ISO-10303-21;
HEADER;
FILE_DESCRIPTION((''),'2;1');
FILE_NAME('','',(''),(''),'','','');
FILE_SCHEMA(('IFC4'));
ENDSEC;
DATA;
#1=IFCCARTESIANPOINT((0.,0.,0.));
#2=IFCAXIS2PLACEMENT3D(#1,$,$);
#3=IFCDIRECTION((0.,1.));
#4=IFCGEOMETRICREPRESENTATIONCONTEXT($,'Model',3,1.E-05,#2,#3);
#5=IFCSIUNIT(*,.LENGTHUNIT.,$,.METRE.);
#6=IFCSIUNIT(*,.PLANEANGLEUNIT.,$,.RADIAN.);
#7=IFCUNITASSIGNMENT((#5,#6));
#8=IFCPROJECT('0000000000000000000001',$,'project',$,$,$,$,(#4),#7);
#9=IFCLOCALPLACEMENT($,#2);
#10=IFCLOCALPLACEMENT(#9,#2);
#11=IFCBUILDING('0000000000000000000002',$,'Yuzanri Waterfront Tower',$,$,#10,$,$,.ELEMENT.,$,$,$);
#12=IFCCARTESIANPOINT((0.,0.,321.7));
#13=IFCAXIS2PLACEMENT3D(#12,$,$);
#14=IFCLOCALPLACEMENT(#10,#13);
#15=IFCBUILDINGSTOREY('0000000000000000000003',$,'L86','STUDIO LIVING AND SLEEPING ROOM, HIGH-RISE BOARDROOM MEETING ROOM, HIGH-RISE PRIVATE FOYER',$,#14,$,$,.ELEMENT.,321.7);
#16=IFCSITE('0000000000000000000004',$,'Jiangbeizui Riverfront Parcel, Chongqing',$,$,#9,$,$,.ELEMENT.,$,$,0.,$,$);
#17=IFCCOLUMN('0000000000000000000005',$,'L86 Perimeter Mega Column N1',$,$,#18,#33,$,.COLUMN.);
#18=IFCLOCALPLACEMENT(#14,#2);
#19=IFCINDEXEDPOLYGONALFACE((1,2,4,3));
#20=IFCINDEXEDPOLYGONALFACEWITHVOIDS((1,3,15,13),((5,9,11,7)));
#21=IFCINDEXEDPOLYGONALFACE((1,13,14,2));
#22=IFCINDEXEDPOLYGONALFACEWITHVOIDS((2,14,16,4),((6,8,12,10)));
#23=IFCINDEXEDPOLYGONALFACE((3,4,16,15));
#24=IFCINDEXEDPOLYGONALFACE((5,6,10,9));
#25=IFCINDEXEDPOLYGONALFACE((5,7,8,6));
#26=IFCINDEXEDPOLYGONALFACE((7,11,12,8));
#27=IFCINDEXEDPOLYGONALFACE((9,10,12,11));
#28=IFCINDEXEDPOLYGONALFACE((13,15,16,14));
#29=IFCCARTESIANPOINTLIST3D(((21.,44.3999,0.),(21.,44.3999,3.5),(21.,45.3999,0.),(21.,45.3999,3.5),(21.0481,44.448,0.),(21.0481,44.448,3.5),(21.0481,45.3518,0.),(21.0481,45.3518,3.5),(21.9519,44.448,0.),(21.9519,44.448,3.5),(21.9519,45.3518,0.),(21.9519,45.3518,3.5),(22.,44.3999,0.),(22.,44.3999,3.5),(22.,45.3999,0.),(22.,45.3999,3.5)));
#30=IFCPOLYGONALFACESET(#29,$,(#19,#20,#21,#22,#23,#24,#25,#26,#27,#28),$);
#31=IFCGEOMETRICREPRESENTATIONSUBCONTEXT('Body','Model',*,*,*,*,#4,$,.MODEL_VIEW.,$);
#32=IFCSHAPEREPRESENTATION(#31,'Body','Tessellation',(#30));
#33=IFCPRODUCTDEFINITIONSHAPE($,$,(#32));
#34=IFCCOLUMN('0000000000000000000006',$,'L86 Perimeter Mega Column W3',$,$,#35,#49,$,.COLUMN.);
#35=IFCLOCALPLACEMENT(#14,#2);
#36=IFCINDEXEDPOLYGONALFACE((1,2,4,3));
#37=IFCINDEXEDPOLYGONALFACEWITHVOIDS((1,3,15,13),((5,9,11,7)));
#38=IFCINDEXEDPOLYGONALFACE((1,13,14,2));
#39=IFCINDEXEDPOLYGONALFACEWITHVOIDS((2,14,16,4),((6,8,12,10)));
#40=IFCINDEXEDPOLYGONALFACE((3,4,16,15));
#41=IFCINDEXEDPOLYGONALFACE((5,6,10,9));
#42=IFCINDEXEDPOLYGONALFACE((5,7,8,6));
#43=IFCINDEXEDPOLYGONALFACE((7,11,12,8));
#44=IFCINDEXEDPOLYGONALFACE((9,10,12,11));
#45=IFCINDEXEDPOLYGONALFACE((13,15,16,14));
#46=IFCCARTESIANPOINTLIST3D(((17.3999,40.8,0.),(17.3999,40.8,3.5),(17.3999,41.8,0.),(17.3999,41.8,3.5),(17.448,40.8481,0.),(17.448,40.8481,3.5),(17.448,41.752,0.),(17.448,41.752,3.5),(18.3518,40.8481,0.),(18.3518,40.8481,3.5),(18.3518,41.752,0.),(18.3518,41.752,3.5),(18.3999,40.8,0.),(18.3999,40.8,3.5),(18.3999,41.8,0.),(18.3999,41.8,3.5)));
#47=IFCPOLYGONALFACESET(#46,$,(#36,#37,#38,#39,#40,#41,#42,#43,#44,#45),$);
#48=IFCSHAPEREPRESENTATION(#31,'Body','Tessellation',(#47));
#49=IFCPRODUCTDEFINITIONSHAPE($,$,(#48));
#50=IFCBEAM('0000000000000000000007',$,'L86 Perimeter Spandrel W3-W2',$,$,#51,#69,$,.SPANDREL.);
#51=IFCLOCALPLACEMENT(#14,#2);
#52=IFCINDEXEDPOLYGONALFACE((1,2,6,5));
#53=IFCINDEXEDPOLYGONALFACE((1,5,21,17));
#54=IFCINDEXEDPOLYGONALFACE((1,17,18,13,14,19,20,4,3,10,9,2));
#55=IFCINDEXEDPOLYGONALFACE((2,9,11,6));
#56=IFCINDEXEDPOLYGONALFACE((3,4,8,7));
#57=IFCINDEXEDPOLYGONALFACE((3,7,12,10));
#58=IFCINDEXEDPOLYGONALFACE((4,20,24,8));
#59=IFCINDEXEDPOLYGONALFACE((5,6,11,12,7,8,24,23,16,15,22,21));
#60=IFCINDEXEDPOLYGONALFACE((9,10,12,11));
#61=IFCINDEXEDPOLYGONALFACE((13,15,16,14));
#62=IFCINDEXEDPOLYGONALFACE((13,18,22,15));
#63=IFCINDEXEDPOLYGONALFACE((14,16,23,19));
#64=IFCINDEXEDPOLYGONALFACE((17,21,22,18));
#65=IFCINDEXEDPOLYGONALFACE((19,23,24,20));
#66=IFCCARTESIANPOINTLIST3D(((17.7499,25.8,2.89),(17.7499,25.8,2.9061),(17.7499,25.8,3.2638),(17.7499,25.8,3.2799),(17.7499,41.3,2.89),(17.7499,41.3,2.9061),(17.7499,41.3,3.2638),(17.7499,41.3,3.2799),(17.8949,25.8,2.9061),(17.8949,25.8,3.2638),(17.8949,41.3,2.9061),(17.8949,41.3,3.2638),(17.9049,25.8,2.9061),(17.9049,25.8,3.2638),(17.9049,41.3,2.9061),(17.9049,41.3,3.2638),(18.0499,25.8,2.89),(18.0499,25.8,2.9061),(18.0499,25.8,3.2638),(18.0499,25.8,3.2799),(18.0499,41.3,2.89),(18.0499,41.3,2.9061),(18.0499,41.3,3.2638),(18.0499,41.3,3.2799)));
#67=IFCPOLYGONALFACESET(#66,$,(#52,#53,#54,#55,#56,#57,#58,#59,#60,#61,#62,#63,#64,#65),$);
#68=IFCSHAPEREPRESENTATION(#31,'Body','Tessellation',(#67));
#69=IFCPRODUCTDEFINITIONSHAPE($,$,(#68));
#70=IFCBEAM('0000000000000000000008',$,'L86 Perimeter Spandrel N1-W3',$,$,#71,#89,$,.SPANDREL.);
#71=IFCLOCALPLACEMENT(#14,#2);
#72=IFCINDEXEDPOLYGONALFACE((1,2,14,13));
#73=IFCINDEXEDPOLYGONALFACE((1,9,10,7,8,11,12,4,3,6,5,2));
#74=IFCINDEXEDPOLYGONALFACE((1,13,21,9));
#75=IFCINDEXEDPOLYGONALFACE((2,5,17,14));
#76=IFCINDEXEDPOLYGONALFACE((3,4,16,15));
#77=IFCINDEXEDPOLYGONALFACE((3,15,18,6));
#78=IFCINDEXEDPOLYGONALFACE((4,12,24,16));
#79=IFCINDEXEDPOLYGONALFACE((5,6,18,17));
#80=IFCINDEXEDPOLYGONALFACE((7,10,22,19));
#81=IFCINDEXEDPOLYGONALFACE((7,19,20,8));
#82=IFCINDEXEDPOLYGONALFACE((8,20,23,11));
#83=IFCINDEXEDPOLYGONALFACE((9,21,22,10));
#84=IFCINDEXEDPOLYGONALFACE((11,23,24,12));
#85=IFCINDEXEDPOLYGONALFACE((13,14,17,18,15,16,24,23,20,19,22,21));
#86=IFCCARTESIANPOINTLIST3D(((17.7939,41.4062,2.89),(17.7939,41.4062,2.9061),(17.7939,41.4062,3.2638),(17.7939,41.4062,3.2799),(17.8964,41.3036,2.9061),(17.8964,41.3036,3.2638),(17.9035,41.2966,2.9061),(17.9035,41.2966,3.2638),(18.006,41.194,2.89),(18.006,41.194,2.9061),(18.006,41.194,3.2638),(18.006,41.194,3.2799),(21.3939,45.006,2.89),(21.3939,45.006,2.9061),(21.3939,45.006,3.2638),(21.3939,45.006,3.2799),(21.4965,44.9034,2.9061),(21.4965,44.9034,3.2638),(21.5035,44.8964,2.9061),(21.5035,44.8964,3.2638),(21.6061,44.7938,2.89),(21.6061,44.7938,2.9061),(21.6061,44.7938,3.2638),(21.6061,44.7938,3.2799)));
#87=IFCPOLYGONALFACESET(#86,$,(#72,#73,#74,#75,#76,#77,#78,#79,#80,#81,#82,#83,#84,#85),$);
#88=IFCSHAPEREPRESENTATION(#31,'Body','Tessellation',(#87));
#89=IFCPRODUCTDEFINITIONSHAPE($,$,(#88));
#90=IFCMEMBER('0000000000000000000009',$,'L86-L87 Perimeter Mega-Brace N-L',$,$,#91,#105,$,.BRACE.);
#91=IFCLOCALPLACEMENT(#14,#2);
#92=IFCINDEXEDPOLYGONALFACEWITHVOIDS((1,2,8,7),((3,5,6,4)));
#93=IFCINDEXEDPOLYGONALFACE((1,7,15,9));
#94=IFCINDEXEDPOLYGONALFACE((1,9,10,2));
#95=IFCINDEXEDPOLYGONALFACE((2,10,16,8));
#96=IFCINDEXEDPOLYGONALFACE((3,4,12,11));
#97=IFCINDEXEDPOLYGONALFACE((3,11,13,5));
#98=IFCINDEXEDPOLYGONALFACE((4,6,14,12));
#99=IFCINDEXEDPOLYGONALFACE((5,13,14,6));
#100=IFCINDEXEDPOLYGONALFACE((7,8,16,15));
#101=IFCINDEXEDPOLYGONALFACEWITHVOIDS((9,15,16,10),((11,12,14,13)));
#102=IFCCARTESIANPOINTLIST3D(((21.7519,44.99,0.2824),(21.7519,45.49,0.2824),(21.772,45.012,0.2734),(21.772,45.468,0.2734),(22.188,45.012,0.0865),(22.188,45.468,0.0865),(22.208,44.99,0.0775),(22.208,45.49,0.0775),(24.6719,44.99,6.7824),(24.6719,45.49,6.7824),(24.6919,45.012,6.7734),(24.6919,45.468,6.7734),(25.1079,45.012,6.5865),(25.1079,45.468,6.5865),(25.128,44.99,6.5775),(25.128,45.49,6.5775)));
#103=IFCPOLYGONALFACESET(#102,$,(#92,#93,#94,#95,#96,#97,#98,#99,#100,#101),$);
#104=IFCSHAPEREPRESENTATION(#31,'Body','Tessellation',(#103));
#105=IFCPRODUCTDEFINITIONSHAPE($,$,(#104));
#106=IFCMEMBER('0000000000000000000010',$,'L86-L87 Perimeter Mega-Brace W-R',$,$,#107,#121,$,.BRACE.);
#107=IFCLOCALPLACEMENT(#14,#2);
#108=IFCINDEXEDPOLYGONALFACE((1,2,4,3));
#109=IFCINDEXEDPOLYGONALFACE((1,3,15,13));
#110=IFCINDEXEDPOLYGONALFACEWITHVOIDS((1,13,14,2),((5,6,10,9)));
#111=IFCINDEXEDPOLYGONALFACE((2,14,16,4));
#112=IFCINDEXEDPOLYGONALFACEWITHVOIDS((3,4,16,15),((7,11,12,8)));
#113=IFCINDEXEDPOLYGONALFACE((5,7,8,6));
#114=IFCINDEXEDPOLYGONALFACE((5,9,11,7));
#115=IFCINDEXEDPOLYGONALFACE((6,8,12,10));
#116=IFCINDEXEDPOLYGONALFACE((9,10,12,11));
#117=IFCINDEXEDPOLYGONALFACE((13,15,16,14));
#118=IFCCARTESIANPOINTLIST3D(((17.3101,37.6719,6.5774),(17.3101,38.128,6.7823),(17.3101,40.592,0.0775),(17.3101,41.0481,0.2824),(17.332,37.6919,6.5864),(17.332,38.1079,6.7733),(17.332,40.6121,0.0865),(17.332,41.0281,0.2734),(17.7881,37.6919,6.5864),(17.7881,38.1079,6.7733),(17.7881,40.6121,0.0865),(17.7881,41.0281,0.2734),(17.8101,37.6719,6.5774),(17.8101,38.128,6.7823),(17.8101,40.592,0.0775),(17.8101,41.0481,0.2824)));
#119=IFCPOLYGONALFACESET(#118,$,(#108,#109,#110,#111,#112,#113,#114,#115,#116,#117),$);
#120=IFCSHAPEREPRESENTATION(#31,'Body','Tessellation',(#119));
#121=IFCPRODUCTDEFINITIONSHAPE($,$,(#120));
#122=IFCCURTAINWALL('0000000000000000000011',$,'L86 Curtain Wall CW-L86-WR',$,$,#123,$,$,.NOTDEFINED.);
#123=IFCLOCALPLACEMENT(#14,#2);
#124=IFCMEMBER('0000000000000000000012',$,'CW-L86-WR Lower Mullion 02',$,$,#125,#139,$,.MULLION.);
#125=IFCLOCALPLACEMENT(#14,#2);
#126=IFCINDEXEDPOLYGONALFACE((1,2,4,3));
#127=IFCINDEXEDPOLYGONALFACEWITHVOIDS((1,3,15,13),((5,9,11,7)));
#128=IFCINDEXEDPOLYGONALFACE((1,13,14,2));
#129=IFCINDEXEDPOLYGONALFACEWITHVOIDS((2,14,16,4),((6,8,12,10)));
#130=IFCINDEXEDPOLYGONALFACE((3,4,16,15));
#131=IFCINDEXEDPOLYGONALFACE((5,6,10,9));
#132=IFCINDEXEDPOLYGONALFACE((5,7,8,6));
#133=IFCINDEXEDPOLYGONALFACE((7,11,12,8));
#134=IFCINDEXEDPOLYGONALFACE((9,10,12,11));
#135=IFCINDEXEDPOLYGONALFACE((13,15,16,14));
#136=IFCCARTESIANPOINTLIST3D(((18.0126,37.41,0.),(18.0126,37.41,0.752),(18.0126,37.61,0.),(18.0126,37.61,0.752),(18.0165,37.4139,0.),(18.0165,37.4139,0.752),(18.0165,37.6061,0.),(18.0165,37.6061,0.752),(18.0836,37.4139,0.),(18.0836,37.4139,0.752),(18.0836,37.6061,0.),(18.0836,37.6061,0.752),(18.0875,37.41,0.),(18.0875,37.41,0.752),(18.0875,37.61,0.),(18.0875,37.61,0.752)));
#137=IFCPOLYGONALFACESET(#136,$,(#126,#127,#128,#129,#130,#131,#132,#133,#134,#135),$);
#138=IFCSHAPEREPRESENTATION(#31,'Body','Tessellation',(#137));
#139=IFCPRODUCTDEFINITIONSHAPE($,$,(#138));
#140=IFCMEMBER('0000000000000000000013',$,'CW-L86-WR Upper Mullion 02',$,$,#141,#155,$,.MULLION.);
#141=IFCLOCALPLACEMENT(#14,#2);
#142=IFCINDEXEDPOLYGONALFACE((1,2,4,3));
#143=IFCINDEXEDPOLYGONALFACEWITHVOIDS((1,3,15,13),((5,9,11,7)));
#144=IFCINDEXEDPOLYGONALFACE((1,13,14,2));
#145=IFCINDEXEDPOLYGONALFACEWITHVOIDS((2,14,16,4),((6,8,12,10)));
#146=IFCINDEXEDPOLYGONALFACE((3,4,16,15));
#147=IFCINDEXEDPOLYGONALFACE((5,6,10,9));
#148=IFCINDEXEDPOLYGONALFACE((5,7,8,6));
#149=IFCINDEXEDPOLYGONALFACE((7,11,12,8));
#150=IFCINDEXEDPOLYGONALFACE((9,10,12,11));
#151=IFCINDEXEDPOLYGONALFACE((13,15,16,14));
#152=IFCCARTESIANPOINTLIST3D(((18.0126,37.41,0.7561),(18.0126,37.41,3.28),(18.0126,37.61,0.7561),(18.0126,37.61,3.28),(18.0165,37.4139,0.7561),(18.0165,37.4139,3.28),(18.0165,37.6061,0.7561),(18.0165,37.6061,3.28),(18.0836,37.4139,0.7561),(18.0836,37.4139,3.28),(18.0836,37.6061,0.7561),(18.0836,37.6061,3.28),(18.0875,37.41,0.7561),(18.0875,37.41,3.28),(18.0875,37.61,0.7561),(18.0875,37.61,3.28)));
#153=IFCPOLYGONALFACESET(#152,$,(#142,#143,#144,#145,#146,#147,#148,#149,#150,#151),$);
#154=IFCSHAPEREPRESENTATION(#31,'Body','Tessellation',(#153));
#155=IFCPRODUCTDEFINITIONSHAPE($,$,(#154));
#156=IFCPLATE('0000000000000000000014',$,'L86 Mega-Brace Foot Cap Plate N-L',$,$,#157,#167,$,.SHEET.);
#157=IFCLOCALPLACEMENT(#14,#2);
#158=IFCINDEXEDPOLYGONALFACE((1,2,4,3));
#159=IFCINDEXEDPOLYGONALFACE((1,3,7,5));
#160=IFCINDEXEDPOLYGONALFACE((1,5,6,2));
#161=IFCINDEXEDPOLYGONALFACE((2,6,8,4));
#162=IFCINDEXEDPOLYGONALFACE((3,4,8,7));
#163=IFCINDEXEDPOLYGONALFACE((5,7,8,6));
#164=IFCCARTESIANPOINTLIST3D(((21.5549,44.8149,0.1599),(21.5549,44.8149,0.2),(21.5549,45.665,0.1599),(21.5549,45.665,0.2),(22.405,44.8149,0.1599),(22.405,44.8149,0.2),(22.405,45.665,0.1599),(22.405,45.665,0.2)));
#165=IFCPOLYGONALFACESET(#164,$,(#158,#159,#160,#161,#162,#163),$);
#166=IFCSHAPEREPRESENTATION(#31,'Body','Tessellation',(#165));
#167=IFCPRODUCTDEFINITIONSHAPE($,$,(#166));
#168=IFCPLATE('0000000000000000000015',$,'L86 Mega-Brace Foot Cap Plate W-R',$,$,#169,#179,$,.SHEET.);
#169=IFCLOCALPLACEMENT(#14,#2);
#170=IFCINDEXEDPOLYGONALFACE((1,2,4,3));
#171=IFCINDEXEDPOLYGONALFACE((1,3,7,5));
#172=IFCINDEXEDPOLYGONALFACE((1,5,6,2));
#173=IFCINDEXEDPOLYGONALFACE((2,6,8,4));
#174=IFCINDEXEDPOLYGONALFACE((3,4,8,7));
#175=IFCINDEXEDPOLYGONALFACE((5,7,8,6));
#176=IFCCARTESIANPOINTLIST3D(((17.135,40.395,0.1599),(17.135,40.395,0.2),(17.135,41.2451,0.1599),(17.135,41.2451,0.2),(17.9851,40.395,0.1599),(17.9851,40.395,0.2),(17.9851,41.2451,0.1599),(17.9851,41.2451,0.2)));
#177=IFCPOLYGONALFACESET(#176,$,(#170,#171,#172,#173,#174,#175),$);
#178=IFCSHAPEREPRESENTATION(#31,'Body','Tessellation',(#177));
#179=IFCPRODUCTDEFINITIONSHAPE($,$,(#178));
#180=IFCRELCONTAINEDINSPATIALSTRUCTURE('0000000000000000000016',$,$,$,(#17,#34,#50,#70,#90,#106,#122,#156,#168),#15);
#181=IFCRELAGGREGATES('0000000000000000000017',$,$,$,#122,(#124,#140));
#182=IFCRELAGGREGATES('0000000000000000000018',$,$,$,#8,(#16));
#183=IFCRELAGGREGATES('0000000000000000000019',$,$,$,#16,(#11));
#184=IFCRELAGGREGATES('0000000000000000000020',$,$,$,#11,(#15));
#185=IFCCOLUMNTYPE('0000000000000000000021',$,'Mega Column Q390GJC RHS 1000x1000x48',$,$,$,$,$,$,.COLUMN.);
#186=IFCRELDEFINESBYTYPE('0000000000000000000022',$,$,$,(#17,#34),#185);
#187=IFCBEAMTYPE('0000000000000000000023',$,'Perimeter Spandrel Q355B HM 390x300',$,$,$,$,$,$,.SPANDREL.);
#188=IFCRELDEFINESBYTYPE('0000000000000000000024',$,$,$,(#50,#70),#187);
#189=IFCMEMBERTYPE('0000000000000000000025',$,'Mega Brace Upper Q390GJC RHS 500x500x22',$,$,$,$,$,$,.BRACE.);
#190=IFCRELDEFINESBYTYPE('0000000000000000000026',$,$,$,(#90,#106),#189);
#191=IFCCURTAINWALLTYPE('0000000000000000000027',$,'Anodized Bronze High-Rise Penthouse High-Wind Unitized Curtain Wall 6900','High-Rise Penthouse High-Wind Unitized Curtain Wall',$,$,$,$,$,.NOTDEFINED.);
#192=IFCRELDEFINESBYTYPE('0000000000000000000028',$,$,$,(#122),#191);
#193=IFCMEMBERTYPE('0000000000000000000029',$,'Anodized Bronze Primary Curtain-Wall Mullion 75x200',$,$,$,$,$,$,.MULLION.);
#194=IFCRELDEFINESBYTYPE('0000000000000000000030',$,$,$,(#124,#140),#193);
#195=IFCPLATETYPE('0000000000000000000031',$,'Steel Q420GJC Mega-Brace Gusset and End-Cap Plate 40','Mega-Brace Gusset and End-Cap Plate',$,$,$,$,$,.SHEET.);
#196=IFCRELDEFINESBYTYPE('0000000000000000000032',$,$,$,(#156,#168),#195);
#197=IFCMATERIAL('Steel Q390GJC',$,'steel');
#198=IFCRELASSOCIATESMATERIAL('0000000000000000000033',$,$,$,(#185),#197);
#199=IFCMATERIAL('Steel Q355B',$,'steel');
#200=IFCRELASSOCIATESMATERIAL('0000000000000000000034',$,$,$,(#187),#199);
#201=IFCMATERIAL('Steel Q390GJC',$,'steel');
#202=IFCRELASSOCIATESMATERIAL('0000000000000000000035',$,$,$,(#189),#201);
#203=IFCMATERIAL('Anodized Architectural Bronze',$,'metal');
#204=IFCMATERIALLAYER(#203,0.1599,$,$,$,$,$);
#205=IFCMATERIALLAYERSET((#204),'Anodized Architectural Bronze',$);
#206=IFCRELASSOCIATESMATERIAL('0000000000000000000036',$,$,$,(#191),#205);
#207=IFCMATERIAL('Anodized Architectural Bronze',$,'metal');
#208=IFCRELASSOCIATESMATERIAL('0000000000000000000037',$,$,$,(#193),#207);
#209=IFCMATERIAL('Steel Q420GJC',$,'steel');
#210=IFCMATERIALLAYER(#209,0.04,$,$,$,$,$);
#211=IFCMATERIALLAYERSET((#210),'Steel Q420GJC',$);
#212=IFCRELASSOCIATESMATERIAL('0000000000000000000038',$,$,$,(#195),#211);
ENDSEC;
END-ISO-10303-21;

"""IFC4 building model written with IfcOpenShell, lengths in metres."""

from ifc_helpers import new_model, si_unit, direction, frame, origin, origin_2d, place, context, subcontext, project, spatial, rectangle, hollow_rectangle, i_section, extrude, source, transform, mapped, material, layer, layer_set, material_profile, profile_set, type_object, element, aggregate, save


model = new_model("IFC4")

# Units and contexts
model_context = context("Model", 3, precision=1e-05, world=origin(), true_north=direction((0.0, 1.0)))
body_context = subcontext(model_context, "Body", "Model", "MODEL_VIEW")
ifc_project = project(units=[si_unit("LENGTHUNIT", "METRE"), si_unit("PLANEANGLEUNIT", "RADIAN")], contexts=[model_context])

# Site, building, storey
site_placement = place(None, origin())
site = spatial("IfcSite", under=ifc_project, at=site_placement, Name="Jiangbeizui Riverfront Parcel, Chongqing", CompositionType="ELEMENT", RefElevation=0.0)
building_placement = place(site_placement, origin())
building = spatial("IfcBuilding", under=site, at=building_placement, Name="Yuzanri Waterfront Tower", CompositionType="ELEMENT")
storey_placement = place(building_placement, frame((0.0, 0.0, 321.7)))
storey = spatial("IfcBuildingStorey", under=building, at=storey_placement, Name="L86", Description="STUDIO LIVING AND SLEEPING ROOM, HIGH-RISE BOARDROOM MEETING ROOM, HIGH-RISE PRIVATE FOYER", CompositionType="ELEMENT", Elevation=321.7)

# Columns
ifc_material_1 = material(Name="Steel Q390GJC", Category="steel")
ifc_material_profile_1 = material_profile(ifc_material_1, hollow_rectangle(XDim=1.0, YDim=1.0, WallThickness=0.0481, at=origin_2d()), Name="RHS 1000x1000x48")
ifc_profile_set_1 = profile_set([ifc_material_profile_1], Name="Steel Q390GJC")
column_type = type_object("IfcColumnType", Name="Mega Column Q390GJC RHS 1000x1000x48", PredefinedType="COLUMN", material=ifc_profile_set_1)
shared_shape_1 = source(origin(), body_context, "Body", "SweptSolid", [
    extrude(hollow_rectangle(XDim=1.0, YDim=1.0, WallThickness=0.0481, at=origin_2d()), origin(), (0.0, 0.0, 1.0), 3.5),
])
for number, where, z_axis, x_axis, name in (
    (1, (21.5, 44.8999, 0.0), (0.0, 0.0, 1.0), (1.0, 0.0, 0.0), "L86 Perimeter Mega Column N1"),
    (2, (17.8999, 41.3, 0.0), (0.0, 0.0, 1.0), (1.0, 0.0, 0.0), "L86 Perimeter Mega Column W3"),
):
    element("IfcColumn", number, at=place(storey_placement, frame(where, z_axis=z_axis, x_axis=x_axis)), inside=storey, type_object=column_type, Name=name, PredefinedType="COLUMN", context=body_context, shape_type="MappedRepresentation", body=[
        mapped(shared_shape_1, transform((0.0, 0.0, 0.0), scale=1.0)),
    ])

# Beams
ifc_material_2 = material(Name="Steel Q355B", Category="steel")
ifc_material_profile_2 = material_profile(ifc_material_2, i_section(OverallWidth=0.3, OverallDepth=0.3899, WebThickness=0.01, FlangeThickness=0.0161, at=origin_2d()), Name="HM 390x300x10x16")
ifc_profile_set_2 = profile_set([ifc_material_profile_2], Name="Steel Q355B")
beam_type = type_object("IfcBeamType", Name="Perimeter Spandrel Q355B HM 390x300", PredefinedType="SPANDREL", material=ifc_profile_set_2)
shared_shape_2 = source(origin(), body_context, "Body", "SweptSolid", [
    extrude(i_section(OverallWidth=0.3, OverallDepth=0.3899, WebThickness=0.01, FlangeThickness=0.0161, at=origin_2d()), origin(), (0.0, 0.0, 1.0), 15.5),
])
beam_1_placement = place(storey_placement, frame((17.8999, 41.3, 3.085), z_axis=(0.0, -1.0, 0.0), x_axis=(1.0, 0.0, 0.0)))
element("IfcBeam", 3, at=beam_1_placement, inside=storey, type_object=beam_type, Name="L86 Perimeter Spandrel W3-W2", PredefinedType="SPANDREL", context=body_context, shape_type="MappedRepresentation", body=[
    mapped(shared_shape_2, transform((0.0, 0.0, 0.0), scale=1.0)),
])
shared_shape_3 = source(origin(), body_context, "Body", "SweptSolid", [
    extrude(i_section(OverallWidth=0.3, OverallDepth=0.3899, WebThickness=0.01, FlangeThickness=0.0161, at=origin_2d()), origin(), (0.0, 0.0, 1.0), 5.0911),
])
beam_2_placement = place(storey_placement, frame((21.5, 44.8999, 3.085), z_axis=(-0.707131, -0.707083, 0.0), x_axis=(0.707083, -0.707131, 0.0)))
element("IfcBeam", 4, at=beam_2_placement, inside=storey, type_object=beam_type, Name="L86 Perimeter Spandrel N1-W3", PredefinedType="SPANDREL", context=body_context, shape_type="MappedRepresentation", body=[
    mapped(shared_shape_3, transform((0.0, 0.0, 0.0), scale=1.0)),
])

# Members
ifc_material_3 = material(Name="Steel Q390GJC", Category="steel")
ifc_material_profile_3 = material_profile(ifc_material_3, hollow_rectangle(XDim=0.5, YDim=0.5, WallThickness=0.022, at=origin_2d()), Name="RHS 500x500x22")
ifc_profile_set_3 = profile_set([ifc_material_profile_3], Name="Steel Q390GJC")
member_type_1 = type_object("IfcMemberType", Name="Mega Brace Upper Q390GJC RHS 500x500x22", PredefinedType="BRACE", material=ifc_profile_set_3)
shared_shape_4 = source(origin(), body_context, "Body", "SweptSolid", [
    extrude(hollow_rectangle(XDim=0.5, YDim=0.5, WallThickness=0.022, at=origin_2d()), origin(), (0.0, 0.0, 1.0), 7.1257),
])
for number, where, z_axis, x_axis, name in (
    (5, (21.98, 45.24, 0.1799), (0.409772, 0.0, 0.912188), (0.0, 1.0, 0.0), "L86-L87 Perimeter Mega-Brace N-L"),
    (6, (17.5601, 40.8201, 0.1799), (0.0, -0.4098, 0.912175), (1.0, 0.0, 0.0), "L86-L87 Perimeter Mega-Brace W-R"),
):
    element("IfcMember", number, at=place(storey_placement, frame(where, z_axis=z_axis, x_axis=x_axis)), inside=storey, type_object=member_type_1, Name=name, PredefinedType="BRACE", context=body_context, shape_type="MappedRepresentation", body=[
        mapped(shared_shape_4, transform((0.0, 0.0, 0.0), scale=1.0)),
    ])

# Curtain wall, members
ifc_material_4 = material(Name="Anodized Architectural Bronze", Category="metal")
ifc_layer_1 = layer(ifc_material_4, 0.1599)
ifc_layer_set_1 = layer_set([ifc_layer_1], Name="Anodized Architectural Bronze")
curtain_wall_type = type_object("IfcCurtainWallType", Name="Anodized Bronze High-Rise Penthouse High-Wind Unitized Curtain Wall 6900", Description="High-Rise Penthouse High-Wind Unitized Curtain Wall", PredefinedType="NOTDEFINED", material=ifc_layer_set_1)
curtain_wall_placement = place(storey_placement, origin())
curtain_wall = element("IfcCurtainWall", 7, at=curtain_wall_placement, inside=storey, type_object=curtain_wall_type, Name="L86 Curtain Wall CW-L86-WR", PredefinedType="NOTDEFINED")
ifc_material_5 = material(Name="Anodized Architectural Bronze", Category="metal")
ifc_material_profile_4 = material_profile(ifc_material_5, hollow_rectangle(XDim=0.075, YDim=0.2, WallThickness=0.0039, at=origin_2d()), Name="CWM 75x200")
ifc_profile_set_4 = profile_set([ifc_material_profile_4], Name="Anodized Architectural Bronze")
member_type_2 = type_object("IfcMemberType", Name="Anodized Bronze Primary Curtain-Wall Mullion 75x200", PredefinedType="MULLION", material=ifc_profile_set_4)
shared_shape_5 = source(origin(), body_context, "Body", "SweptSolid", [
    extrude(hollow_rectangle(XDim=0.075, YDim=0.2, WallThickness=0.0039, at=origin_2d()), origin(), (0.0, 0.0, 1.0), 0.752),
])
member_1_placement = place(storey_placement, frame((18.05, 37.51, 0.0), z_axis=(0.0, 0.0, 1.0), x_axis=(1.0, 0.0, 0.0)))
member_1 = element("IfcMember", 8, at=member_1_placement, type_object=member_type_2, Name="CW-L86-WR Lower Mullion 02", PredefinedType="MULLION", context=body_context, shape_type="MappedRepresentation", body=[
    mapped(shared_shape_5, transform((0.0, 0.0, 0.0), scale=1.0)),
])
shared_shape_6 = source(origin(), body_context, "Body", "SweptSolid", [
    extrude(hollow_rectangle(XDim=0.075, YDim=0.2, WallThickness=0.0039, at=origin_2d()), origin(), (0.0, 0.0, 1.0), 2.5239),
])
member_2_placement = place(storey_placement, frame((18.05, 37.51, 0.7561), z_axis=(0.0, 0.0, 1.0), x_axis=(1.0, 0.0, 0.0)))
member_2 = element("IfcMember", 9, at=member_2_placement, type_object=member_type_2, Name="CW-L86-WR Upper Mullion 02", PredefinedType="MULLION", context=body_context, shape_type="MappedRepresentation", body=[
    mapped(shared_shape_6, transform((0.0, 0.0, 0.0), scale=1.0)),
])

# Plates
ifc_material_6 = material(Name="Steel Q420GJC", Category="steel")
ifc_layer_2 = layer(ifc_material_6, 0.04)
ifc_layer_set_2 = layer_set([ifc_layer_2], Name="Steel Q420GJC")
plate_type_1 = type_object("IfcPlateType", Name="Steel Q420GJC Mega-Brace Gusset and End-Cap Plate 40", Description="Mega-Brace Gusset and End-Cap Plate", PredefinedType="SHEET", material=ifc_layer_set_2)
shared_shape_7 = source(origin(), body_context, "Body", "SweptSolid", [
    extrude(rectangle(XDim=0.8501, YDim=0.8501, at=origin_2d()), origin(), (0.0, 0.0, 1.0), 0.04),
])
for number, where, z_axis, x_axis, name in (
    (10, (21.98, 45.24, 0.1599), (0.0, 0.0, 1.0), (1.0, 0.0, 0.0), "L86 Mega-Brace Foot Cap Plate N-L"),
    (11, (17.5601, 40.8201, 0.1599), (0.0, 0.0, 1.0), (1.0, 0.0, 0.0), "L86 Mega-Brace Foot Cap Plate W-R"),
):
    element("IfcPlate", number, at=place(storey_placement, frame(where, z_axis=z_axis, x_axis=x_axis)), inside=storey, type_object=plate_type_1, Name=name, PredefinedType="SHEET", context=body_context, shape_type="MappedRepresentation", body=[
        mapped(shared_shape_7, transform((0.0, 0.0, 0.0), scale=1.0)),
    ])

aggregate(curtain_wall, [member_1, member_2])

save(model, "model.ifc")
